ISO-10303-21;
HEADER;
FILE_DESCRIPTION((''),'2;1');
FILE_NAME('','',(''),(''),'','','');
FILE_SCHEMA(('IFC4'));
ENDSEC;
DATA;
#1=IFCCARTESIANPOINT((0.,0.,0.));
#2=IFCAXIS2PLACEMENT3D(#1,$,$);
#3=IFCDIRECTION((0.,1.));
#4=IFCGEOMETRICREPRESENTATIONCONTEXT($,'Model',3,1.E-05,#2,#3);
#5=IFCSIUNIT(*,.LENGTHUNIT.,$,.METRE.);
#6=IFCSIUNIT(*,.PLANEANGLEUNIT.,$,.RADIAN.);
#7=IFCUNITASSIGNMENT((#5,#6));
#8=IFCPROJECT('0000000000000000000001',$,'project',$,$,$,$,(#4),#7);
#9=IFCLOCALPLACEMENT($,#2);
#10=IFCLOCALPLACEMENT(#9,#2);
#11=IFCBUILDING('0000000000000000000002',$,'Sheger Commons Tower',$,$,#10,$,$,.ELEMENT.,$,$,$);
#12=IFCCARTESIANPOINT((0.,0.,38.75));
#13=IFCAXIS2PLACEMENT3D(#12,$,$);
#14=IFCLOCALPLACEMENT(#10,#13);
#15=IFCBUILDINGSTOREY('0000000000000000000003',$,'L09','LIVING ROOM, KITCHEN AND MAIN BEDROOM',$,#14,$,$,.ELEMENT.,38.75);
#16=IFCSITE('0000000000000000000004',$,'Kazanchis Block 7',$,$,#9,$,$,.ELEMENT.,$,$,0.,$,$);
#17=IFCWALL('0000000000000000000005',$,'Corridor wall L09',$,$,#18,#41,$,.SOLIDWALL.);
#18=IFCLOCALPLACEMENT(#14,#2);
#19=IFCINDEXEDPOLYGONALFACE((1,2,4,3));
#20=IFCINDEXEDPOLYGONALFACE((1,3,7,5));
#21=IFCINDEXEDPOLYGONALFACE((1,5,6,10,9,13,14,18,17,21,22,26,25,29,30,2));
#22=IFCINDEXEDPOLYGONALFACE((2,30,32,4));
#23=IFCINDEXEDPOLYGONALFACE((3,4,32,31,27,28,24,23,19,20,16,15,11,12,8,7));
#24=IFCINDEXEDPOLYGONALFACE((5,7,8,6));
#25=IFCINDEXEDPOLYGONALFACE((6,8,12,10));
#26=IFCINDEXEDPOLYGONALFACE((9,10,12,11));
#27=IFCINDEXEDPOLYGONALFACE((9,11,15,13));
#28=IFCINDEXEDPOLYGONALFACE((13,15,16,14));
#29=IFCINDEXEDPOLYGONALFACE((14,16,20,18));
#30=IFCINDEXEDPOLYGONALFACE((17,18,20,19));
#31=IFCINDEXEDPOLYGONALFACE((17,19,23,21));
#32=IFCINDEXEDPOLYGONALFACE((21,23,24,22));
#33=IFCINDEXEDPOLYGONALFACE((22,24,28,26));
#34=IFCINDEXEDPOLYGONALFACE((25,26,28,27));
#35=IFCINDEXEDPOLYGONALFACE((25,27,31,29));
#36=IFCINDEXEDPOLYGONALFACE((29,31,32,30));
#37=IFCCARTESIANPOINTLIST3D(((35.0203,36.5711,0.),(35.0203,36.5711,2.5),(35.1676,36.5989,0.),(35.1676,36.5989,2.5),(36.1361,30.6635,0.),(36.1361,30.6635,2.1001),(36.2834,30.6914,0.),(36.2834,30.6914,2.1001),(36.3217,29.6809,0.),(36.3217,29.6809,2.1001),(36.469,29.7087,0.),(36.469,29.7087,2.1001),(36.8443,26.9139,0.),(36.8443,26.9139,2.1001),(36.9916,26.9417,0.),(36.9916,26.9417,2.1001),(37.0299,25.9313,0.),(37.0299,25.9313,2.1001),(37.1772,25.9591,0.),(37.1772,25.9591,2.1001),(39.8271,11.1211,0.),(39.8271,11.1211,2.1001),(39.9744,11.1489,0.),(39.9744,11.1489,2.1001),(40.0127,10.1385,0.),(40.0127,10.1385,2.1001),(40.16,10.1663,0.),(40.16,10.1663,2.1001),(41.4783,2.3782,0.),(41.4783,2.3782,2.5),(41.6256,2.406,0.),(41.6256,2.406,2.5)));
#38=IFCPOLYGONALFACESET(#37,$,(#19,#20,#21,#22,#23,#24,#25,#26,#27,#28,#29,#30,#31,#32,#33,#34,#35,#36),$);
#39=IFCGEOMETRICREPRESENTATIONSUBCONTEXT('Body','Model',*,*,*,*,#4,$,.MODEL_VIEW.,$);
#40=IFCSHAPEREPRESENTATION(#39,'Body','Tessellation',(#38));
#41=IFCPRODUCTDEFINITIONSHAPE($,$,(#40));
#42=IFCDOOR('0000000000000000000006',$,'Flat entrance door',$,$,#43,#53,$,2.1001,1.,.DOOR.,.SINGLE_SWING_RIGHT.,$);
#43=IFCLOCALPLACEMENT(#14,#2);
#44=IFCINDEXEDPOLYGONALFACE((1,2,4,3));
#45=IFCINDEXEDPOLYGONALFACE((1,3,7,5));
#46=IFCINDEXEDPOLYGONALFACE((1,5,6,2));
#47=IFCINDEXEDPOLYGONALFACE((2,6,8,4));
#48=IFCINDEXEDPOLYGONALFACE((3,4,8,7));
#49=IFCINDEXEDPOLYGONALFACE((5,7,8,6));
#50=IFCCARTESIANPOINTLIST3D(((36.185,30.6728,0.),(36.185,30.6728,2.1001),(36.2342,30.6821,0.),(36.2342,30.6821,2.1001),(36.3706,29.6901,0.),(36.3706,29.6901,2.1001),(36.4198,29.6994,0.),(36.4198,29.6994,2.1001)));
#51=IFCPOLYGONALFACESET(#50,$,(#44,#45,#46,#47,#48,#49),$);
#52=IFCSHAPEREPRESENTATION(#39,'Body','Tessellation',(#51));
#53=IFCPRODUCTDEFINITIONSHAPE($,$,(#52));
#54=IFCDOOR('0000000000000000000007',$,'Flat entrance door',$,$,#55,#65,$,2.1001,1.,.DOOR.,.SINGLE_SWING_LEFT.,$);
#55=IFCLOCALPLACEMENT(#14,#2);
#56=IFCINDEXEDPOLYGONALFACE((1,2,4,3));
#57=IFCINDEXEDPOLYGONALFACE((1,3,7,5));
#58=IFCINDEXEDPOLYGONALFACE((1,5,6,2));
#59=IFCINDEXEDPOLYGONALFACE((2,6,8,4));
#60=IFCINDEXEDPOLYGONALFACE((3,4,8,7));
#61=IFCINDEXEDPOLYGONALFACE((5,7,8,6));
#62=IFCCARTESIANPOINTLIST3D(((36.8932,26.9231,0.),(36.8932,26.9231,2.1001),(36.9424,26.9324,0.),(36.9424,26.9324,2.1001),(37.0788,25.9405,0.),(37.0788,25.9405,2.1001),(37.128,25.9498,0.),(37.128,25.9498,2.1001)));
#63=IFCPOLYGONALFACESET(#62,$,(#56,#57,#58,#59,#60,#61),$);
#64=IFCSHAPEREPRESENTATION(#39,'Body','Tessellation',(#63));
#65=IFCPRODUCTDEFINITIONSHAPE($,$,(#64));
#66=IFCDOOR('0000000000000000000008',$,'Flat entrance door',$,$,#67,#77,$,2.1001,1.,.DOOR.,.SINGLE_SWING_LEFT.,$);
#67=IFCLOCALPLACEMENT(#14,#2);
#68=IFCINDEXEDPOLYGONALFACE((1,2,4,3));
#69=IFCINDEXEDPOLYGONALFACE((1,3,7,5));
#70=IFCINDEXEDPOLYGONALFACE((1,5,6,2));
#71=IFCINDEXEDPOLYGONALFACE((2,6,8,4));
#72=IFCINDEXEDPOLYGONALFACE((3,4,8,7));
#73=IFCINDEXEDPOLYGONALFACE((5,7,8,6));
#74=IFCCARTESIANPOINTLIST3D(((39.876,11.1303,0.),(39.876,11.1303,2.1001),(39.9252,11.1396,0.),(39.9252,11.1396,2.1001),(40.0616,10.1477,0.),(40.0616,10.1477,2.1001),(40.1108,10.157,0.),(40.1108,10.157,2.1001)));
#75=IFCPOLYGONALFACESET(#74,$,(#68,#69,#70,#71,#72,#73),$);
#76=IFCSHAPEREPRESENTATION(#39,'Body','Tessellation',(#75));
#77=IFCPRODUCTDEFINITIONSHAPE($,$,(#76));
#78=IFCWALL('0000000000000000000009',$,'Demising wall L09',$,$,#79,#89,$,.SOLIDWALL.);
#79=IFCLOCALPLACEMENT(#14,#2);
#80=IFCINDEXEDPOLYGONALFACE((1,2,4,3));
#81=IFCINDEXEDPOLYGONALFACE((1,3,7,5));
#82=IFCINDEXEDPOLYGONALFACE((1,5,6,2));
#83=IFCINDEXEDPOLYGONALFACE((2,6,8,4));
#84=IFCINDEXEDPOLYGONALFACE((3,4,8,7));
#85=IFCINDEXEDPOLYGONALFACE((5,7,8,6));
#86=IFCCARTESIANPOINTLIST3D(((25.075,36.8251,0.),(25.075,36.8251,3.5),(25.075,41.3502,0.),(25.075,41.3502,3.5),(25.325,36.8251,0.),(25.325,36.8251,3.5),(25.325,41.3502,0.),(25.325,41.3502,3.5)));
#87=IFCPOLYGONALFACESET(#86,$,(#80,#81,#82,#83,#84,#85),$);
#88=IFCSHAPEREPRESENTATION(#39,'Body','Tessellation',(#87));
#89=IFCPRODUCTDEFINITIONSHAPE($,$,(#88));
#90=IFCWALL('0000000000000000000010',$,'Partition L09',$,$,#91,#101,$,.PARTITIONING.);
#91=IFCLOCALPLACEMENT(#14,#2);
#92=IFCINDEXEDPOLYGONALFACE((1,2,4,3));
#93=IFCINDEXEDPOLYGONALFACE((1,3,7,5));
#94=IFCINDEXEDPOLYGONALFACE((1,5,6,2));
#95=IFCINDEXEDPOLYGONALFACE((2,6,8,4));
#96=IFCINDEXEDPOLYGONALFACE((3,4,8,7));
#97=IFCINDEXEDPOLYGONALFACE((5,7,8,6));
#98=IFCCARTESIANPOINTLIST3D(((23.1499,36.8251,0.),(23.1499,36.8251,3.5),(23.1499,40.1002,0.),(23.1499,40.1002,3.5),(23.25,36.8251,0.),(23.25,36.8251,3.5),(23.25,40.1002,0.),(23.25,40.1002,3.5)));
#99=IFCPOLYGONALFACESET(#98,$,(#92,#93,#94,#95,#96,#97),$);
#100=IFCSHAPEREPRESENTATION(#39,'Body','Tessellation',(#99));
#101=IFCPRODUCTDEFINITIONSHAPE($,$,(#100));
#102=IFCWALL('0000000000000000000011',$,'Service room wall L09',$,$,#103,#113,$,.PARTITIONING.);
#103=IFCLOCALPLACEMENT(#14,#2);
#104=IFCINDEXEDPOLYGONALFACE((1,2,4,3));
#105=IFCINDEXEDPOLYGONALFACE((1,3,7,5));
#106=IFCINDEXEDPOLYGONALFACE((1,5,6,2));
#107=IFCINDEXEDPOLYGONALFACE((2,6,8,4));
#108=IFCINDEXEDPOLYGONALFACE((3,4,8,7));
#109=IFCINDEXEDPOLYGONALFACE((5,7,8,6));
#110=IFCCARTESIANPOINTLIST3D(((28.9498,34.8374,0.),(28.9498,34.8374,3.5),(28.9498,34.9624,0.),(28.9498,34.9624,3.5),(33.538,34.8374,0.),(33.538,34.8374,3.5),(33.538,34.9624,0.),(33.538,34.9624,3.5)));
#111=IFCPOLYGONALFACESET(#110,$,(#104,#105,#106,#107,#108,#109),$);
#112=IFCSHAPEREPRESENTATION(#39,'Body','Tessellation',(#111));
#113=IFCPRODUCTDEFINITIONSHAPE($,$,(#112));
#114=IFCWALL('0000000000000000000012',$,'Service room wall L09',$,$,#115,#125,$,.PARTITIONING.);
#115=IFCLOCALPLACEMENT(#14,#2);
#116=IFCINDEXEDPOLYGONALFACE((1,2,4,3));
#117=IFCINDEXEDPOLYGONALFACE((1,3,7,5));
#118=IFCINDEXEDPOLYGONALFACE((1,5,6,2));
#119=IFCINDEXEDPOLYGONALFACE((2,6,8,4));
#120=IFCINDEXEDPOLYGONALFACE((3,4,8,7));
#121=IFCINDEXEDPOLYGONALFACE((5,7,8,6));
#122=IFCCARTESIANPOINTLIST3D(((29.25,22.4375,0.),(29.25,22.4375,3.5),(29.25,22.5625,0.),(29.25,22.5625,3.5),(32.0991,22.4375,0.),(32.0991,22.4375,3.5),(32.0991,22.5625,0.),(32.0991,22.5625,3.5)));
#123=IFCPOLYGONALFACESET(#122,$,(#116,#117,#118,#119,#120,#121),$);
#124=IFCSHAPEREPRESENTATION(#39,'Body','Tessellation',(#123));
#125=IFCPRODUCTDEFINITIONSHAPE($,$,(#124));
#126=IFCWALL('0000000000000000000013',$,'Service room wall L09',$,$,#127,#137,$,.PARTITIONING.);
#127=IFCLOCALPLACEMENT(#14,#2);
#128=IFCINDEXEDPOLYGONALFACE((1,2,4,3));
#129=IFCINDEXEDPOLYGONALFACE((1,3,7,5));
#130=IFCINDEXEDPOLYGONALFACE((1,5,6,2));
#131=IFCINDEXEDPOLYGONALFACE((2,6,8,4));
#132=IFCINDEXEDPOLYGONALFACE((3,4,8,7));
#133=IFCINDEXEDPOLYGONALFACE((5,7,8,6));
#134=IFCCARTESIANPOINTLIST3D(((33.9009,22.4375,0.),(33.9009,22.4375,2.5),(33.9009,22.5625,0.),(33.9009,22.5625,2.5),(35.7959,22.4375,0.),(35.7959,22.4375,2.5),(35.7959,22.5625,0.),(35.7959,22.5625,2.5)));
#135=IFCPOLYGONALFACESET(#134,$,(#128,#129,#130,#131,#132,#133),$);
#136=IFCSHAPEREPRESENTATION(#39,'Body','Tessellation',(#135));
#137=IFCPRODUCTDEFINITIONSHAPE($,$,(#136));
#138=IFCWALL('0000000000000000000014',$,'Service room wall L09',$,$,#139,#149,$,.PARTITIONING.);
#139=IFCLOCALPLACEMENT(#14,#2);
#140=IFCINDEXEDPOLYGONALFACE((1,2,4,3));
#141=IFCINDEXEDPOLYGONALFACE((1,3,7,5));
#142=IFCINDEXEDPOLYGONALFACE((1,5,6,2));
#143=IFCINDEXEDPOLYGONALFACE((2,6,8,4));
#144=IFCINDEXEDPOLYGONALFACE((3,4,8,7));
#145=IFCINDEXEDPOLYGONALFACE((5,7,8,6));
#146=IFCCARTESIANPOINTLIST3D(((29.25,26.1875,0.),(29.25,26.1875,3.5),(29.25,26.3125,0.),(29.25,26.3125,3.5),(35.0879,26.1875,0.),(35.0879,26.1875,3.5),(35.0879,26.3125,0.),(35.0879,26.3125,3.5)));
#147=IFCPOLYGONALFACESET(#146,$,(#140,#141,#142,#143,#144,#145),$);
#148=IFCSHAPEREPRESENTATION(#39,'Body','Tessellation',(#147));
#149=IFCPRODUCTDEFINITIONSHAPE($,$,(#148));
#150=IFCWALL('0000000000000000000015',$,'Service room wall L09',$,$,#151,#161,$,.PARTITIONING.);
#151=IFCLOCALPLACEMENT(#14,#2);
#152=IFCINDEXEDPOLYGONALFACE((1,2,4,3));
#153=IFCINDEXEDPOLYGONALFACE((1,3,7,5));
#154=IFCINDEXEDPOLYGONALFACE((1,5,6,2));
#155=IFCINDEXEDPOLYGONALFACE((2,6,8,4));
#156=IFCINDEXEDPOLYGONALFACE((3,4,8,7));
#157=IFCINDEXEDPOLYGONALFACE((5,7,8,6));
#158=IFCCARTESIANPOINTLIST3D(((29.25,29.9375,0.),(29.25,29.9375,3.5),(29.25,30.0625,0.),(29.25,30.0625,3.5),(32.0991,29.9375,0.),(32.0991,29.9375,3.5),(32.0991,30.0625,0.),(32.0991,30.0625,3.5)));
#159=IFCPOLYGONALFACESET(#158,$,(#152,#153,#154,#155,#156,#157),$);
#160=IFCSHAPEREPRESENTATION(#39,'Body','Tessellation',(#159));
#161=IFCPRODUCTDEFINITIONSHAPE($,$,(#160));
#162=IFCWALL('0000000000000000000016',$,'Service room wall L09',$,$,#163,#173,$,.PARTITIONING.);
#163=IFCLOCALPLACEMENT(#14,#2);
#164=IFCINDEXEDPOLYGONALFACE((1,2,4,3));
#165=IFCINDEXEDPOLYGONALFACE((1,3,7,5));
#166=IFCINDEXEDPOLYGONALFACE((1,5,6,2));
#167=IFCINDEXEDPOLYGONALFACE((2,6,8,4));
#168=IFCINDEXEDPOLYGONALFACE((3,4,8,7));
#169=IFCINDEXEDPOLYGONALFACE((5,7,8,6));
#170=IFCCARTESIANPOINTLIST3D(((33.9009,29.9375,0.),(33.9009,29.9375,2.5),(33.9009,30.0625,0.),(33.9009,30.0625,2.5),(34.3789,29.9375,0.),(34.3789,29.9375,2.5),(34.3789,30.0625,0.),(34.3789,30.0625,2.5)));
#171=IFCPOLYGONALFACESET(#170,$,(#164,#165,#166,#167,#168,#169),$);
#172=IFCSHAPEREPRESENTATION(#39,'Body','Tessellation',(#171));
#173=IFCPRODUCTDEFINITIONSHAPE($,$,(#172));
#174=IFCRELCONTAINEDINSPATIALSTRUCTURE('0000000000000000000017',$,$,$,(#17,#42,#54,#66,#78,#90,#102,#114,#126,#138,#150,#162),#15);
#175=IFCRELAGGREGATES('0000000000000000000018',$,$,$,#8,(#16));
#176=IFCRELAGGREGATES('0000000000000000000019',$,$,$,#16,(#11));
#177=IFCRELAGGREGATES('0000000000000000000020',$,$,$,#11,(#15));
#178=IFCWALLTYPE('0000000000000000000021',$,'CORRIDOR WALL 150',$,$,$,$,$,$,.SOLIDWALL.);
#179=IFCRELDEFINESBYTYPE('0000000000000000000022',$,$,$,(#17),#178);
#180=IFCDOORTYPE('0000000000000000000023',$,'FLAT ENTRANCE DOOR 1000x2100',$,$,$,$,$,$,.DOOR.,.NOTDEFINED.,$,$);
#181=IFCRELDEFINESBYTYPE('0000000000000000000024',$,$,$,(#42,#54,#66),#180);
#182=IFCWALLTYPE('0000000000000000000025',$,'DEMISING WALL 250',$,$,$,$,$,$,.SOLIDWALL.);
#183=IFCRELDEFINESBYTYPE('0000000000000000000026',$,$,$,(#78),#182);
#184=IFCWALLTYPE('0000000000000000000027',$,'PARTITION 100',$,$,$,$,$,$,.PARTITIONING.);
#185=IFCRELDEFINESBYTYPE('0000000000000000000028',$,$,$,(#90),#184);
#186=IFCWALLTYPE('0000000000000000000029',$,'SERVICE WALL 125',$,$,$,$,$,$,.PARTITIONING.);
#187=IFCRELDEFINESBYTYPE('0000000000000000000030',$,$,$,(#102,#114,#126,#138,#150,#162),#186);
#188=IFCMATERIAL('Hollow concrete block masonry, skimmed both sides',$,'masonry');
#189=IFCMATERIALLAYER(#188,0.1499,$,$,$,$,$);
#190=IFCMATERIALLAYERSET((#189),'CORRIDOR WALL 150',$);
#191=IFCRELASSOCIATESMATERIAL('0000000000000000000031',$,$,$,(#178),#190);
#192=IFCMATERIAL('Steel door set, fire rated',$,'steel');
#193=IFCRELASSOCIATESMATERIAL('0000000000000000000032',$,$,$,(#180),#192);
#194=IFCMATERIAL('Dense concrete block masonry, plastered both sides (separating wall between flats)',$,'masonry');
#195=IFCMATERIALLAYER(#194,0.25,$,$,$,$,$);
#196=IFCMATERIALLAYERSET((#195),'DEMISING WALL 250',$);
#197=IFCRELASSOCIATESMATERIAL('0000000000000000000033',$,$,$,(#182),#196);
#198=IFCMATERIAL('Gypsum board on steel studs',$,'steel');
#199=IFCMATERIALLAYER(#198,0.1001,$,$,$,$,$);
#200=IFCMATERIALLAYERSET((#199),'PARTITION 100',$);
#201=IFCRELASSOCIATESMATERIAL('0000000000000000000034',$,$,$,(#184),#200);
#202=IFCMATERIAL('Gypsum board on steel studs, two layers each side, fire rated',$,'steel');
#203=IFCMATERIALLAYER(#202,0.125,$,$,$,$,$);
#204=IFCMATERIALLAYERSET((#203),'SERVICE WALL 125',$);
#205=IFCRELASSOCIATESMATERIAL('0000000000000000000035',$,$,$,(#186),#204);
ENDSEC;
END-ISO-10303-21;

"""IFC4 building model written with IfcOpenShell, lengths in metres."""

from ifc_helpers import new_model, si_unit, direction, frame, frame_2d, origin, place, context, subcontext, project, spatial, rectangle, extrude, material, layer, layer_set, type_object, element, fill, save


model = new_model("IFC4")

# Units and contexts
model_context = context("Model", 3, precision=1e-05, world=origin(), true_north=direction((0.0, 1.0)))
body_context = subcontext(model_context, "Body", "Model", "MODEL_VIEW")
ifc_project = project(units=[si_unit("LENGTHUNIT", "METRE"), si_unit("PLANEANGLEUNIT", "RADIAN")], contexts=[model_context])

# Site, building, storey
site_placement = place(None, origin())
site = spatial("IfcSite", under=ifc_project, at=site_placement, Name="Kazanchis Block 7", CompositionType="ELEMENT", RefElevation=0.0)
building_placement = place(site_placement, origin())
building = spatial("IfcBuilding", under=site, at=building_placement, Name="Sheger Commons Tower", CompositionType="ELEMENT")
storey_placement = place(building_placement, frame((0.0, 0.0, 38.75)))
storey = spatial("IfcBuildingStorey", under=building, at=storey_placement, Name="L09", Description="LIVING ROOM, KITCHEN AND MAIN BEDROOM", CompositionType="ELEMENT", Elevation=38.75)

# Shared definitions
ifc_material_1 = material(Name="Hollow concrete block masonry, skimmed both sides", Category="masonry")
ifc_layer_1 = layer(ifc_material_1, 0.1499)
ifc_layer_set_1 = layer_set([ifc_layer_1], Name="CORRIDOR WALL 150")
wall_type_1 = type_object("IfcWallType", Name="CORRIDOR WALL 150", PredefinedType="SOLIDWALL", material=ifc_layer_set_1)
ifc_material_2 = material(Name="Steel door set, fire rated", Category="steel")
door_type_1 = type_object("IfcDoorType", Name="FLAT ENTRANCE DOOR 1000x2100", OperationType="NOTDEFINED", PredefinedType="DOOR", material=ifc_material_2)

# Wall, openings, doors
wall_1_placement = place(storey_placement, frame((35.094, 36.585, 0.0), z_axis=(0.0, 0.0, 1.0), x_axis=(0.185589, -0.982627, 0.0)))
wall_1 = element("IfcWall", 1, at=wall_1_placement, inside=storey, type_object=wall_type_1, Name="Corridor wall L09", PredefinedType="SOLIDWALL", context=body_context, shape_type="SweptSolid", body=[
    extrude(rectangle(XDim=34.7974, YDim=0.1499, at=frame_2d((17.3987, 0.0))), origin(), (0.0, 0.0, 1.0), 2.5),
])
opening_1_placement = place(wall_1_placement, frame((6.012, 0.0, 0.0)))
opening_1 = element("IfcOpeningElement", 2, at=opening_1_placement, cuts=wall_1, PredefinedType="OPENING", context=body_context, shape_type="SweptSolid", body=[
    extrude(rectangle(XDim=1.0, YDim=2.1001, at=frame_2d((0.5, 1.05))), frame((0.0, 0.085, 0.0), z_axis=(0.0, -1.0, 0.0), x_axis=(1.0, 0.0, 0.0)), (0.0, 0.0, 1.0), 0.1699),
])
opening_2_placement = place(wall_1_placement, frame((9.8279, 0.0, 0.0)))
opening_2 = element("IfcOpeningElement", 3, at=opening_2_placement, cuts=wall_1, PredefinedType="OPENING", context=body_context, shape_type="SweptSolid", body=[
    extrude(rectangle(XDim=1.0, YDim=2.1001, at=frame_2d((0.5, 1.05))), frame((0.0, 0.085, 0.0), z_axis=(0.0, -1.0, 0.0), x_axis=(1.0, 0.0, 0.0)), (0.0, 0.0, 1.0), 0.1699),
])
opening_3_placement = place(wall_1_placement, frame((25.8999, 0.0, 0.0)))
opening_3 = element("IfcOpeningElement", 4, at=opening_3_placement, cuts=wall_1, PredefinedType="OPENING", context=body_context, shape_type="SweptSolid", body=[
    extrude(rectangle(XDim=1.0, YDim=2.1001, at=frame_2d((0.5, 1.05))), frame((0.0, 0.085, 0.0), z_axis=(0.0, -1.0, 0.0), x_axis=(1.0, 0.0, 0.0)), (0.0, 0.0, 1.0), 0.1699),
])
door_1_placement = place(opening_1_placement, origin())
door_1 = element("IfcDoor", 5, at=door_1_placement, inside=storey, type_object=door_type_1, Name="Flat entrance door", OperationType="SINGLE_SWING_RIGHT", OverallHeight=2.1001, OverallWidth=1.0, PredefinedType="DOOR", context=body_context, shape_type="SweptSolid", body=[
    extrude(rectangle(XDim=1.0, YDim=2.1001, at=frame_2d((0.5, 1.05))), frame((0.0, 0.0249, 0.0), z_axis=(0.0, -1.0, 0.0), x_axis=(1.0, 0.0, 0.0)), (0.0, 0.0, 1.0), 0.05),
])
fill(opening_1, door_1)
door_2_placement = place(opening_2_placement, origin())
door_2 = element("IfcDoor", 6, at=door_2_placement, inside=storey, type_object=door_type_1, Name="Flat entrance door", OperationType="SINGLE_SWING_LEFT", OverallHeight=2.1001, OverallWidth=1.0, PredefinedType="DOOR", context=body_context, shape_type="SweptSolid", body=[
    extrude(rectangle(XDim=1.0, YDim=2.1001, at=frame_2d((0.5, 1.05))), frame((0.0, 0.0249, 0.0), z_axis=(0.0, -1.0, 0.0), x_axis=(1.0, 0.0, 0.0)), (0.0, 0.0, 1.0), 0.05),
])
fill(opening_2, door_2)
door_3_placement = place(opening_3_placement, origin())
door_3 = element("IfcDoor", 7, at=door_3_placement, inside=storey, type_object=door_type_1, Name="Flat entrance door", OperationType="SINGLE_SWING_LEFT", OverallHeight=2.1001, OverallWidth=1.0, PredefinedType="DOOR", context=body_context, shape_type="SweptSolid", body=[
    extrude(rectangle(XDim=1.0, YDim=2.1001, at=frame_2d((0.5, 1.05))), frame((0.0, 0.0249, 0.0), z_axis=(0.0, -1.0, 0.0), x_axis=(1.0, 0.0, 0.0)), (0.0, 0.0, 1.0), 0.05),
])
fill(opening_3, door_3)

# Walls
ifc_material_3 = material(Name="Dense concrete block masonry, plastered both sides (separating wall between flats)", Category="masonry")
ifc_layer_2 = layer(ifc_material_3, 0.25)
ifc_layer_set_2 = layer_set([ifc_layer_2], Name="DEMISING WALL 250")
wall_type_2 = type_object("IfcWallType", Name="DEMISING WALL 250", PredefinedType="SOLIDWALL", material=ifc_layer_set_2)
wall_2_placement = place(storey_placement, frame((25.2, 36.825, 0.0), z_axis=(0.0, 0.0, 1.0), x_axis=(0.0, 1.0, 0.0)))
element("IfcWall", 8, at=wall_2_placement, inside=storey, type_object=wall_type_2, Name="Demising wall L09", PredefinedType="SOLIDWALL", context=body_context, shape_type="SweptSolid", body=[
    extrude(rectangle(XDim=4.5251, YDim=0.25, at=frame_2d((2.2627, 0.0))), origin(), (0.0, 0.0, 1.0), 3.5),
])
ifc_material_4 = material(Name="Gypsum board on steel studs", Category="steel")
ifc_layer_3 = layer(ifc_material_4, 0.1001)
ifc_layer_set_3 = layer_set([ifc_layer_3], Name="PARTITION 100")
wall_type_3 = type_object("IfcWallType", Name="PARTITION 100", PredefinedType="PARTITIONING", material=ifc_layer_set_3)
wall_3_placement = place(storey_placement, frame((23.2, 36.825, 0.0), z_axis=(0.0, 0.0, 1.0), x_axis=(0.0, 1.0, 0.0)))
element("IfcWall", 9, at=wall_3_placement, inside=storey, type_object=wall_type_3, Name="Partition L09", PredefinedType="PARTITIONING", context=body_context, shape_type="SweptSolid", body=[
    extrude(rectangle(XDim=3.2751, YDim=0.1001, at=frame_2d((1.6377, 0.0))), origin(), (0.0, 0.0, 1.0), 3.5),
])
ifc_material_5 = material(Name="Gypsum board on steel studs, two layers each side, fire rated", Category="steel")
ifc_layer_4 = layer(ifc_material_5, 0.125)
ifc_layer_set_4 = layer_set([ifc_layer_4], Name="SERVICE WALL 125")
wall_type_4 = type_object("IfcWallType", Name="SERVICE WALL 125", PredefinedType="PARTITIONING", material=ifc_layer_set_4)
wall_4_placement = place(storey_placement, frame((28.95, 34.8999, 0.0), z_axis=(0.0, 0.0, 1.0), x_axis=(1.0, 0.0, 0.0)))
element("IfcWall", 10, at=wall_4_placement, inside=storey, type_object=wall_type_4, Name="Service room wall L09", PredefinedType="PARTITIONING", context=body_context, shape_type="SweptSolid", body=[
    extrude(rectangle(XDim=4.5881, YDim=0.125, at=frame_2d((2.2939, 0.0))), origin(), (0.0, 0.0, 1.0), 3.5),
])
wall_5_placement = place(storey_placement, frame((29.25, 22.5, 0.0), z_axis=(0.0, 0.0, 1.0), x_axis=(1.0, 0.0, 0.0)))
element("IfcWall", 11, at=wall_5_placement, inside=storey, type_object=wall_type_4, Name="Service room wall L09", PredefinedType="PARTITIONING", context=body_context, shape_type="SweptSolid", body=[
    extrude(rectangle(XDim=2.8491, YDim=0.125, at=frame_2d((1.4246, 0.0))), origin(), (0.0, 0.0, 1.0), 3.5),
])
wall_6_placement = place(storey_placement, frame((33.9009, 22.5, 0.0), z_axis=(0.0, 0.0, 1.0), x_axis=(1.0, 0.0, 0.0)))
element("IfcWall", 12, at=wall_6_placement, inside=storey, type_object=wall_type_4, Name="Service room wall L09", PredefinedType="PARTITIONING", context=body_context, shape_type="SweptSolid", body=[
    extrude(rectangle(XDim=1.895, YDim=0.125, at=frame_2d((0.9475, 0.0))), origin(), (0.0, 0.0, 1.0), 2.5),
])
wall_7_placement = place(storey_placement, frame((29.25, 26.25, 0.0), z_axis=(0.0, 0.0, 1.0), x_axis=(1.0, 0.0, 0.0)))
element("IfcWall", 13, at=wall_7_placement, inside=storey, type_object=wall_type_4, Name="Service room wall L09", PredefinedType="PARTITIONING", context=body_context, shape_type="SweptSolid", body=[
    extrude(rectangle(XDim=5.8379, YDim=0.125, at=frame_2d((2.9189, 0.0))), origin(), (0.0, 0.0, 1.0), 3.5),
])
wall_8_placement = place(storey_placement, frame((29.25, 30.0, 0.0), z_axis=(0.0, 0.0, 1.0), x_axis=(1.0, 0.0, 0.0)))
element("IfcWall", 14, at=wall_8_placement, inside=storey, type_object=wall_type_4, Name="Service room wall L09", PredefinedType="PARTITIONING", context=body_context, shape_type="SweptSolid", body=[
    extrude(rectangle(XDim=2.8491, YDim=0.125, at=frame_2d((1.4246, 0.0))), origin(), (0.0, 0.0, 1.0), 3.5),
])
wall_9_placement = place(storey_placement, frame((33.9009, 30.0, 0.0), z_axis=(0.0, 0.0, 1.0), x_axis=(1.0, 0.0, 0.0)))
element("IfcWall", 15, at=wall_9_placement, inside=storey, type_object=wall_type_4, Name="Service room wall L09", PredefinedType="PARTITIONING", context=body_context, shape_type="SweptSolid", body=[
    extrude(rectangle(XDim=0.478, YDim=0.125, at=frame_2d((0.239, 0.0))), origin(), (0.0, 0.0, 1.0), 2.5),
])

save(model, "model.ifc")
